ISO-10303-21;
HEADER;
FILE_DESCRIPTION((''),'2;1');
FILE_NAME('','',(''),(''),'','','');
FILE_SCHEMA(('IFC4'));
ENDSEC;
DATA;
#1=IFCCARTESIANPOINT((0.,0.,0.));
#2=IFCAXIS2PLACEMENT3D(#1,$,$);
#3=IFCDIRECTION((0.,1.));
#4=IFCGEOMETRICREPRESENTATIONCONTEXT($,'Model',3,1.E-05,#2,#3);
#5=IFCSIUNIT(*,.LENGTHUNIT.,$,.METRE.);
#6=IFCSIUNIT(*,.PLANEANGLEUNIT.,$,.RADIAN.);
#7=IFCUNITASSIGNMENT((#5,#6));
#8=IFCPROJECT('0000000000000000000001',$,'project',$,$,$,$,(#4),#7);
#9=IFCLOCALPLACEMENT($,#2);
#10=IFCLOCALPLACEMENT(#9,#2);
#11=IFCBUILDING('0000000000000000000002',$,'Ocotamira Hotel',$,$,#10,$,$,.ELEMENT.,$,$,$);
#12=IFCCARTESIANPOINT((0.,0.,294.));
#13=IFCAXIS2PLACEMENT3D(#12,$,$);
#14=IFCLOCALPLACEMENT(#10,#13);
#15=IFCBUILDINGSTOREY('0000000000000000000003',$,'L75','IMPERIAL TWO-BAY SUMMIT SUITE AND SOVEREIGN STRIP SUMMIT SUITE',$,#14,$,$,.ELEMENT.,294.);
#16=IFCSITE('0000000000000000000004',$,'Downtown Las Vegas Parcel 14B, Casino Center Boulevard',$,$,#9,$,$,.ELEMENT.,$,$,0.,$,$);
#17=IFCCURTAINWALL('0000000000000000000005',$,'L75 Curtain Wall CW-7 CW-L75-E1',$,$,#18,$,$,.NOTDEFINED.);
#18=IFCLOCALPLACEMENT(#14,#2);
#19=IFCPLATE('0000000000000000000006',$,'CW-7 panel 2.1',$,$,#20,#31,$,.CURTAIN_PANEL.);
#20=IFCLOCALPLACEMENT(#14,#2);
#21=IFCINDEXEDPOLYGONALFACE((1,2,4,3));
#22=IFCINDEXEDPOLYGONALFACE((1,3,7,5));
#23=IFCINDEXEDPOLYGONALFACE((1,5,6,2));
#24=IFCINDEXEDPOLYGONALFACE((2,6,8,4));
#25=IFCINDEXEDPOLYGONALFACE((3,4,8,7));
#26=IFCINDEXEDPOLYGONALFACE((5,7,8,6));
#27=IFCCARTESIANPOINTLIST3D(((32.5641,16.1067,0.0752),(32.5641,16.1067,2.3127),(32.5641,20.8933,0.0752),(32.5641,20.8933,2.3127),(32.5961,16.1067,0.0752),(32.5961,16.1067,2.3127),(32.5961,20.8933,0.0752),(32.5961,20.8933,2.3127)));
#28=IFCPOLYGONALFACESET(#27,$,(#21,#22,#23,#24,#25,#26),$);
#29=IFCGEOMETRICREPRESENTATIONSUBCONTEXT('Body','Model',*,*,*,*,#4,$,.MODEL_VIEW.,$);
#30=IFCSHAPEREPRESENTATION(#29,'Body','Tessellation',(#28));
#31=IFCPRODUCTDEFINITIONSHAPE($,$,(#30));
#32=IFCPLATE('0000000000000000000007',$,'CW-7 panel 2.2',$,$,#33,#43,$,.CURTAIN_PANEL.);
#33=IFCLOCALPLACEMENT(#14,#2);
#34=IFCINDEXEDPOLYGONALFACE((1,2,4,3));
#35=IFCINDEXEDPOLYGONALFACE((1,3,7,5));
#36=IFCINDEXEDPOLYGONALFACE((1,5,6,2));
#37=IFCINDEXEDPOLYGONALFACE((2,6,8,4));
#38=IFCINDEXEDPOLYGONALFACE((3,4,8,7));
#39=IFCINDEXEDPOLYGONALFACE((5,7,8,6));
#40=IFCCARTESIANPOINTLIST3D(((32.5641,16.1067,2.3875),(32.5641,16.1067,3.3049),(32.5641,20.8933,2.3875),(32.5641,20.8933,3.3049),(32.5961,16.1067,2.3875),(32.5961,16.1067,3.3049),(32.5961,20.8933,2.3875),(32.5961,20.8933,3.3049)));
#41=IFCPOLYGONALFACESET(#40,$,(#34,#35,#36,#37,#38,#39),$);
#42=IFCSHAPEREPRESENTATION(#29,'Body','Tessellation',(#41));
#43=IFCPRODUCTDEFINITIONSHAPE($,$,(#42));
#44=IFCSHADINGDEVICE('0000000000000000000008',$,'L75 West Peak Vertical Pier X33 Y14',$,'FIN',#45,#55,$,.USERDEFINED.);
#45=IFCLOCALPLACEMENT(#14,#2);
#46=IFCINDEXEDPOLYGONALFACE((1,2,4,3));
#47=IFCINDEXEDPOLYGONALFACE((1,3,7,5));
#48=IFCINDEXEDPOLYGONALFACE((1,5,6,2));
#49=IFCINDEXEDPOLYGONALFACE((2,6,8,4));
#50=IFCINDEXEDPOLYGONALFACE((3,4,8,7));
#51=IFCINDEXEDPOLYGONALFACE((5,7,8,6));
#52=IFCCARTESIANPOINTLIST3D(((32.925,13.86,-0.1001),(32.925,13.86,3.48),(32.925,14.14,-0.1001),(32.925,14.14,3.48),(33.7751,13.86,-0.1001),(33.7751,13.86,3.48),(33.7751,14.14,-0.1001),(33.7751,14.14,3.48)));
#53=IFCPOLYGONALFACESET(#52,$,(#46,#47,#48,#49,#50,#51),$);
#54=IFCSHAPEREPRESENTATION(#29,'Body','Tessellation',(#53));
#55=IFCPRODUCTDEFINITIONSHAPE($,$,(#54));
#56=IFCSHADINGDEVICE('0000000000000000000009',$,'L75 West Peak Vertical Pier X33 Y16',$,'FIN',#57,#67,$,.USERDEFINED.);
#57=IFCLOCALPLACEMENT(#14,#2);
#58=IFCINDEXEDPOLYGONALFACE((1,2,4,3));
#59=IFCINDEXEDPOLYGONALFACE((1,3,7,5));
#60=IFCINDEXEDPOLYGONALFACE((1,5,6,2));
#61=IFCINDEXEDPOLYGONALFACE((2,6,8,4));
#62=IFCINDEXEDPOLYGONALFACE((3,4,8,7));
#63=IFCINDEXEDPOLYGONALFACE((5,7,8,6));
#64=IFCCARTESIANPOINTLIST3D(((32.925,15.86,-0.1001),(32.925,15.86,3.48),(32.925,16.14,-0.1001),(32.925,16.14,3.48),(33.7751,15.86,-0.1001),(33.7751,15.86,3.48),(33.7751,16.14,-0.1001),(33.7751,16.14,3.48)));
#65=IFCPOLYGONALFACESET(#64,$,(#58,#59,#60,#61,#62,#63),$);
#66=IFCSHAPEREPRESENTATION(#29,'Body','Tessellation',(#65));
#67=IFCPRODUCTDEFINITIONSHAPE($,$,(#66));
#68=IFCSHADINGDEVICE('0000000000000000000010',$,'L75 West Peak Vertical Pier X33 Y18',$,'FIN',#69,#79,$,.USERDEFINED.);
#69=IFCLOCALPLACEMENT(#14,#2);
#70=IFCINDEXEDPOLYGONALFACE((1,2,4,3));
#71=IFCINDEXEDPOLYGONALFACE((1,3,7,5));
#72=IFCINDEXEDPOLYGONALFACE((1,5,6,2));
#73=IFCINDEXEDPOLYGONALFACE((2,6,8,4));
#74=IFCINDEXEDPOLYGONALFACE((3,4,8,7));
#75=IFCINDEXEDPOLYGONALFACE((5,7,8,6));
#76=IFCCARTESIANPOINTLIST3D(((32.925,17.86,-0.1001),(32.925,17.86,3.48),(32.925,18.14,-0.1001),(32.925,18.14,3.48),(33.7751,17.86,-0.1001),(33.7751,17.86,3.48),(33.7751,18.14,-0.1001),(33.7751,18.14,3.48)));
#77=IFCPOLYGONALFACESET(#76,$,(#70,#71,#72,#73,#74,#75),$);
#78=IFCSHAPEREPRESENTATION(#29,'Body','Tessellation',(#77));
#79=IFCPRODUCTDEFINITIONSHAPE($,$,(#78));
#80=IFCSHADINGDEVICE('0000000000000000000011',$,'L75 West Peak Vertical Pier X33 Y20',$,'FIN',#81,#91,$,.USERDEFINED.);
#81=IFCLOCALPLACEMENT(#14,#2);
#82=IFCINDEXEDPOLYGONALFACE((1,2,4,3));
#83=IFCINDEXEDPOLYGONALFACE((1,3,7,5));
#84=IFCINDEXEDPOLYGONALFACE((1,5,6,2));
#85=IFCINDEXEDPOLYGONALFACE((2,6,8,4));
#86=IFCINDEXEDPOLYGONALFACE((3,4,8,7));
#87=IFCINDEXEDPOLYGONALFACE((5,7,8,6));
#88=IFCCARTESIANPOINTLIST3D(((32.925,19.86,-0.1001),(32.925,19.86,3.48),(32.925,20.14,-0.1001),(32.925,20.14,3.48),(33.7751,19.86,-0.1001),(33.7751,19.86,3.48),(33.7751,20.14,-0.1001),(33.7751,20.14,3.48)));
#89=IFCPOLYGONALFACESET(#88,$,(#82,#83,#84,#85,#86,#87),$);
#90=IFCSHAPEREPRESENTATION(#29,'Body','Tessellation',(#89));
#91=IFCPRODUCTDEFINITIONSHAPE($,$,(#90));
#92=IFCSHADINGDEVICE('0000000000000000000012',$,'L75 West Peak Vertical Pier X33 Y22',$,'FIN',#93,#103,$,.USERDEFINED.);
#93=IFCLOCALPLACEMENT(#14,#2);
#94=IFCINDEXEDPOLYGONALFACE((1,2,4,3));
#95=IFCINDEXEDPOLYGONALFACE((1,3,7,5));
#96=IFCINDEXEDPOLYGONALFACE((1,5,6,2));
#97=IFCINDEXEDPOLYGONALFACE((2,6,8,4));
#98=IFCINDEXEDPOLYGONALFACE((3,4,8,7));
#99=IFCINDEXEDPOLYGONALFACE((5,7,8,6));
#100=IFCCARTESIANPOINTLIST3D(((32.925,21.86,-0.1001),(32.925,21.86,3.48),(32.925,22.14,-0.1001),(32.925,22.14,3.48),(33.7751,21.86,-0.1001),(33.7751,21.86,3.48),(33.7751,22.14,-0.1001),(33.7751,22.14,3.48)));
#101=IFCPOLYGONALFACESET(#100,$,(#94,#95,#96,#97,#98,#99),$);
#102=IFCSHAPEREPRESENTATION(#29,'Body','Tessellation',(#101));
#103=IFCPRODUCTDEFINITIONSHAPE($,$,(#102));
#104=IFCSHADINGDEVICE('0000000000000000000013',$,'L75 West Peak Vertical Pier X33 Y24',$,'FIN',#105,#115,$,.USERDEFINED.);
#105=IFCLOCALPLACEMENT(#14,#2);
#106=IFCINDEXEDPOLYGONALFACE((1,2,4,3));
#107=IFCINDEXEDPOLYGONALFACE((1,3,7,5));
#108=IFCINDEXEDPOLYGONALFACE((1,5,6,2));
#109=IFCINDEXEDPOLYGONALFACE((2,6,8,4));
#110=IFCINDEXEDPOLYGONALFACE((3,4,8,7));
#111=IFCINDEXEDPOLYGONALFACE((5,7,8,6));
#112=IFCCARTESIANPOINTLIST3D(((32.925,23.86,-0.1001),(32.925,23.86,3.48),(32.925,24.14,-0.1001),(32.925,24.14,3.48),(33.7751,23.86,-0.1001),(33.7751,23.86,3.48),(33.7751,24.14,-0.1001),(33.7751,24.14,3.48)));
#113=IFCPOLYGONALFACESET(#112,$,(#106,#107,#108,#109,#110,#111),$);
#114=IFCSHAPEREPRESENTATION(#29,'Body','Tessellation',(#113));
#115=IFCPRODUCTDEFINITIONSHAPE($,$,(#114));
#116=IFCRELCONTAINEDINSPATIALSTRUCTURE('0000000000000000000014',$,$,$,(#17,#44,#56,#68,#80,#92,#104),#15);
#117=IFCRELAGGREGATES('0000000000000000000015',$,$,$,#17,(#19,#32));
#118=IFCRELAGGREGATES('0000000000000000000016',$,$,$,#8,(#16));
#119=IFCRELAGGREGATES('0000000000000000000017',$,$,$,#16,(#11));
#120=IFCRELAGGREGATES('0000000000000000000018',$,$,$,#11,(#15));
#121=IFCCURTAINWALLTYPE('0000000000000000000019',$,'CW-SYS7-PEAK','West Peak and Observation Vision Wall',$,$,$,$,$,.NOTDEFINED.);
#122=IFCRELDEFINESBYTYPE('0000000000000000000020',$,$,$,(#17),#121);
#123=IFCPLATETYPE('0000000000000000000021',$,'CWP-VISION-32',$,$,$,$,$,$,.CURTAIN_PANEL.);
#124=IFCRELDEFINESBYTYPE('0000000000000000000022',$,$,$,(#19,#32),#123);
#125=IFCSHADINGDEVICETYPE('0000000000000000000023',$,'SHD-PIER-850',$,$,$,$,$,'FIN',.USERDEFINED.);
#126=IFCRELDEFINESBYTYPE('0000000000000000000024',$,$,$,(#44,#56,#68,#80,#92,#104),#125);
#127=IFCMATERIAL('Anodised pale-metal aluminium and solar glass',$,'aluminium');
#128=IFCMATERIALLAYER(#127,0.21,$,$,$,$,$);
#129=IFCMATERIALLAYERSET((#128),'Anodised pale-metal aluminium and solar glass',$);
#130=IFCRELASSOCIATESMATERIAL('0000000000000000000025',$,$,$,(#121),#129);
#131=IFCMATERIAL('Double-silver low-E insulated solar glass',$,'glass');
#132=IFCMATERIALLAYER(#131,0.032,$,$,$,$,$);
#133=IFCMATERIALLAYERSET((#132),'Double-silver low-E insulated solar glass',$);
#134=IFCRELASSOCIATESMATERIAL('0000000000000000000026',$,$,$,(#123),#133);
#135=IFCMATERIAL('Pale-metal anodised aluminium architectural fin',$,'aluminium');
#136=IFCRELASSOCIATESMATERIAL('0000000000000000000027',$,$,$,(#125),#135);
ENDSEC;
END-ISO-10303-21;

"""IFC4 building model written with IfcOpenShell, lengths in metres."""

from ifc_helpers import new_model, si_unit, direction, frame, origin, origin_2d, place, context, subcontext, project, spatial, rectangle, extrude, source, transform, mapped, material, layer, layer_set, type_object, element, aggregate, save


model = new_model("IFC4")

# Units and contexts
model_context = context("Model", 3, precision=1e-05, world=origin(), true_north=direction((0.0, 1.0)))
body_context = subcontext(model_context, "Body", "Model", "MODEL_VIEW")
ifc_project = project(units=[si_unit("LENGTHUNIT", "METRE"), si_unit("PLANEANGLEUNIT", "RADIAN")], contexts=[model_context])

# Site, building, storey
site_placement = place(None, origin())
site = spatial("IfcSite", under=ifc_project, at=site_placement, Name="Downtown Las Vegas Parcel 14B, Casino Center Boulevard", CompositionType="ELEMENT", RefElevation=0.0)
building_placement = place(site_placement, origin())
building = spatial("IfcBuilding", under=site, at=building_placement, Name="Ocotamira Hotel", CompositionType="ELEMENT")
storey_placement = place(building_placement, frame((0.0, 0.0, 294.0)))
storey = spatial("IfcBuildingStorey", under=building, at=storey_placement, Name="L75", Description="IMPERIAL TWO-BAY SUMMIT SUITE AND SOVEREIGN STRIP SUMMIT SUITE", CompositionType="ELEMENT", Elevation=294.0)

# Curtain wall, plates
ifc_material_1 = material(Name="Anodised pale-metal aluminium and solar glass", Category="aluminium")
ifc_layer_1 = layer(ifc_material_1, 0.21)
ifc_layer_set_1 = layer_set([ifc_layer_1], Name="Anodised pale-metal aluminium and solar glass")
curtain_wall_type = type_object("IfcCurtainWallType", Name="CW-SYS7-PEAK", Description="West Peak and Observation Vision Wall", PredefinedType="NOTDEFINED", material=ifc_layer_set_1)
curtain_wall_placement = place(storey_placement, origin())
curtain_wall = element("IfcCurtainWall", 1, at=curtain_wall_placement, inside=storey, type_object=curtain_wall_type, Name="L75 Curtain Wall CW-7 CW-L75-E1", PredefinedType="NOTDEFINED")
ifc_material_2 = material(Name="Double-silver low-E insulated solar glass", Category="glass")
ifc_layer_2 = layer(ifc_material_2, 0.032)
ifc_layer_set_2 = layer_set([ifc_layer_2], Name="Double-silver low-E insulated solar glass")
plate_type = type_object("IfcPlateType", Name="CWP-VISION-32", PredefinedType="CURTAIN_PANEL", material=ifc_layer_set_2)
shared_shape_1 = source(origin(), body_context, "Body", "SweptSolid", [
    extrude(rectangle(XDim=4.7866, YDim=0.032, at=origin_2d()), origin(), (0.0, 0.0, 1.0), 2.2375),
])
plate_1_placement = place(storey_placement, frame((32.5801, 18.5, 0.0752), z_axis=(0.0, 0.0, 1.0), x_axis=(0.0, 1.0, 0.0)))
plate_1 = element("IfcPlate", 2, at=plate_1_placement, type_object=plate_type, Name="CW-7 panel 2.1", PredefinedType="CURTAIN_PANEL", context=body_context, shape_type="MappedRepresentation", body=[
    mapped(shared_shape_1, transform((0.0, 0.0, 0.0), scale=1.0)),
])
shared_shape_2 = source(origin(), body_context, "Body", "SweptSolid", [
    extrude(rectangle(XDim=4.7866, YDim=0.032, at=origin_2d()), origin(), (0.0, 0.0, 1.0), 0.9175),
])
plate_2_placement = place(storey_placement, frame((32.5801, 18.5, 2.3875), z_axis=(0.0, 0.0, 1.0), x_axis=(0.0, 1.0, 0.0)))
plate_2 = element("IfcPlate", 3, at=plate_2_placement, type_object=plate_type, Name="CW-7 panel 2.2", PredefinedType="CURTAIN_PANEL", context=body_context, shape_type="MappedRepresentation", body=[
    mapped(shared_shape_2, transform((0.0, 0.0, 0.0), scale=1.0)),
])
aggregate(curtain_wall, [plate_1, plate_2])

# Shading devices
ifc_material_3 = material(Name="Pale-metal anodised aluminium architectural fin", Category="aluminium")
shading_device_type = type_object("IfcShadingDeviceType", Name="SHD-PIER-850", ElementType="FIN", PredefinedType="USERDEFINED", material=ifc_material_3)
shared_shape_3 = source(origin(), body_context, "Body", "SweptSolid", [
    extrude(rectangle(XDim=0.8501, YDim=0.28, at=origin_2d()), origin(), (0.0, 0.0, 1.0), 3.5801),
])
for number, where, z_axis, x_axis, name in (
    (4, (33.3501, 14.0, -0.1001), (0.0, 0.0, 1.0), (1.0, 0.0, 0.0), "L75 West Peak Vertical Pier X33 Y14"),
    (5, (33.3501, 16.0, -0.1001), (0.0, 0.0, 1.0), (1.0, 0.0, 0.0), "L75 West Peak Vertical Pier X33 Y16"),
    (6, (33.3501, 18.0, -0.1001), (0.0, 0.0, 1.0), (1.0, 0.0, 0.0), "L75 West Peak Vertical Pier X33 Y18"),
    (7, (33.3501, 20.0, -0.1001), (0.0, 0.0, 1.0), (1.0, 0.0, 0.0), "L75 West Peak Vertical Pier X33 Y20"),
    (8, (33.3501, 22.0, -0.1001), (0.0, 0.0, 1.0), (1.0, 0.0, 0.0), "L75 West Peak Vertical Pier X33 Y22"),
    (9, (33.3501, 24.0, -0.1001), (0.0, 0.0, 1.0), (1.0, 0.0, 0.0), "L75 West Peak Vertical Pier X33 Y24"),
):
    element("IfcShadingDevice", number, at=place(storey_placement, frame(where, z_axis=z_axis, x_axis=x_axis)), inside=storey, type_object=shading_device_type, Name=name, ObjectType="FIN", PredefinedType="USERDEFINED", context=body_context, shape_type="MappedRepresentation", body=[
        mapped(shared_shape_3, transform((0.0, 0.0, 0.0), scale=1.0)),
    ])

save(model, "model.ifc")
